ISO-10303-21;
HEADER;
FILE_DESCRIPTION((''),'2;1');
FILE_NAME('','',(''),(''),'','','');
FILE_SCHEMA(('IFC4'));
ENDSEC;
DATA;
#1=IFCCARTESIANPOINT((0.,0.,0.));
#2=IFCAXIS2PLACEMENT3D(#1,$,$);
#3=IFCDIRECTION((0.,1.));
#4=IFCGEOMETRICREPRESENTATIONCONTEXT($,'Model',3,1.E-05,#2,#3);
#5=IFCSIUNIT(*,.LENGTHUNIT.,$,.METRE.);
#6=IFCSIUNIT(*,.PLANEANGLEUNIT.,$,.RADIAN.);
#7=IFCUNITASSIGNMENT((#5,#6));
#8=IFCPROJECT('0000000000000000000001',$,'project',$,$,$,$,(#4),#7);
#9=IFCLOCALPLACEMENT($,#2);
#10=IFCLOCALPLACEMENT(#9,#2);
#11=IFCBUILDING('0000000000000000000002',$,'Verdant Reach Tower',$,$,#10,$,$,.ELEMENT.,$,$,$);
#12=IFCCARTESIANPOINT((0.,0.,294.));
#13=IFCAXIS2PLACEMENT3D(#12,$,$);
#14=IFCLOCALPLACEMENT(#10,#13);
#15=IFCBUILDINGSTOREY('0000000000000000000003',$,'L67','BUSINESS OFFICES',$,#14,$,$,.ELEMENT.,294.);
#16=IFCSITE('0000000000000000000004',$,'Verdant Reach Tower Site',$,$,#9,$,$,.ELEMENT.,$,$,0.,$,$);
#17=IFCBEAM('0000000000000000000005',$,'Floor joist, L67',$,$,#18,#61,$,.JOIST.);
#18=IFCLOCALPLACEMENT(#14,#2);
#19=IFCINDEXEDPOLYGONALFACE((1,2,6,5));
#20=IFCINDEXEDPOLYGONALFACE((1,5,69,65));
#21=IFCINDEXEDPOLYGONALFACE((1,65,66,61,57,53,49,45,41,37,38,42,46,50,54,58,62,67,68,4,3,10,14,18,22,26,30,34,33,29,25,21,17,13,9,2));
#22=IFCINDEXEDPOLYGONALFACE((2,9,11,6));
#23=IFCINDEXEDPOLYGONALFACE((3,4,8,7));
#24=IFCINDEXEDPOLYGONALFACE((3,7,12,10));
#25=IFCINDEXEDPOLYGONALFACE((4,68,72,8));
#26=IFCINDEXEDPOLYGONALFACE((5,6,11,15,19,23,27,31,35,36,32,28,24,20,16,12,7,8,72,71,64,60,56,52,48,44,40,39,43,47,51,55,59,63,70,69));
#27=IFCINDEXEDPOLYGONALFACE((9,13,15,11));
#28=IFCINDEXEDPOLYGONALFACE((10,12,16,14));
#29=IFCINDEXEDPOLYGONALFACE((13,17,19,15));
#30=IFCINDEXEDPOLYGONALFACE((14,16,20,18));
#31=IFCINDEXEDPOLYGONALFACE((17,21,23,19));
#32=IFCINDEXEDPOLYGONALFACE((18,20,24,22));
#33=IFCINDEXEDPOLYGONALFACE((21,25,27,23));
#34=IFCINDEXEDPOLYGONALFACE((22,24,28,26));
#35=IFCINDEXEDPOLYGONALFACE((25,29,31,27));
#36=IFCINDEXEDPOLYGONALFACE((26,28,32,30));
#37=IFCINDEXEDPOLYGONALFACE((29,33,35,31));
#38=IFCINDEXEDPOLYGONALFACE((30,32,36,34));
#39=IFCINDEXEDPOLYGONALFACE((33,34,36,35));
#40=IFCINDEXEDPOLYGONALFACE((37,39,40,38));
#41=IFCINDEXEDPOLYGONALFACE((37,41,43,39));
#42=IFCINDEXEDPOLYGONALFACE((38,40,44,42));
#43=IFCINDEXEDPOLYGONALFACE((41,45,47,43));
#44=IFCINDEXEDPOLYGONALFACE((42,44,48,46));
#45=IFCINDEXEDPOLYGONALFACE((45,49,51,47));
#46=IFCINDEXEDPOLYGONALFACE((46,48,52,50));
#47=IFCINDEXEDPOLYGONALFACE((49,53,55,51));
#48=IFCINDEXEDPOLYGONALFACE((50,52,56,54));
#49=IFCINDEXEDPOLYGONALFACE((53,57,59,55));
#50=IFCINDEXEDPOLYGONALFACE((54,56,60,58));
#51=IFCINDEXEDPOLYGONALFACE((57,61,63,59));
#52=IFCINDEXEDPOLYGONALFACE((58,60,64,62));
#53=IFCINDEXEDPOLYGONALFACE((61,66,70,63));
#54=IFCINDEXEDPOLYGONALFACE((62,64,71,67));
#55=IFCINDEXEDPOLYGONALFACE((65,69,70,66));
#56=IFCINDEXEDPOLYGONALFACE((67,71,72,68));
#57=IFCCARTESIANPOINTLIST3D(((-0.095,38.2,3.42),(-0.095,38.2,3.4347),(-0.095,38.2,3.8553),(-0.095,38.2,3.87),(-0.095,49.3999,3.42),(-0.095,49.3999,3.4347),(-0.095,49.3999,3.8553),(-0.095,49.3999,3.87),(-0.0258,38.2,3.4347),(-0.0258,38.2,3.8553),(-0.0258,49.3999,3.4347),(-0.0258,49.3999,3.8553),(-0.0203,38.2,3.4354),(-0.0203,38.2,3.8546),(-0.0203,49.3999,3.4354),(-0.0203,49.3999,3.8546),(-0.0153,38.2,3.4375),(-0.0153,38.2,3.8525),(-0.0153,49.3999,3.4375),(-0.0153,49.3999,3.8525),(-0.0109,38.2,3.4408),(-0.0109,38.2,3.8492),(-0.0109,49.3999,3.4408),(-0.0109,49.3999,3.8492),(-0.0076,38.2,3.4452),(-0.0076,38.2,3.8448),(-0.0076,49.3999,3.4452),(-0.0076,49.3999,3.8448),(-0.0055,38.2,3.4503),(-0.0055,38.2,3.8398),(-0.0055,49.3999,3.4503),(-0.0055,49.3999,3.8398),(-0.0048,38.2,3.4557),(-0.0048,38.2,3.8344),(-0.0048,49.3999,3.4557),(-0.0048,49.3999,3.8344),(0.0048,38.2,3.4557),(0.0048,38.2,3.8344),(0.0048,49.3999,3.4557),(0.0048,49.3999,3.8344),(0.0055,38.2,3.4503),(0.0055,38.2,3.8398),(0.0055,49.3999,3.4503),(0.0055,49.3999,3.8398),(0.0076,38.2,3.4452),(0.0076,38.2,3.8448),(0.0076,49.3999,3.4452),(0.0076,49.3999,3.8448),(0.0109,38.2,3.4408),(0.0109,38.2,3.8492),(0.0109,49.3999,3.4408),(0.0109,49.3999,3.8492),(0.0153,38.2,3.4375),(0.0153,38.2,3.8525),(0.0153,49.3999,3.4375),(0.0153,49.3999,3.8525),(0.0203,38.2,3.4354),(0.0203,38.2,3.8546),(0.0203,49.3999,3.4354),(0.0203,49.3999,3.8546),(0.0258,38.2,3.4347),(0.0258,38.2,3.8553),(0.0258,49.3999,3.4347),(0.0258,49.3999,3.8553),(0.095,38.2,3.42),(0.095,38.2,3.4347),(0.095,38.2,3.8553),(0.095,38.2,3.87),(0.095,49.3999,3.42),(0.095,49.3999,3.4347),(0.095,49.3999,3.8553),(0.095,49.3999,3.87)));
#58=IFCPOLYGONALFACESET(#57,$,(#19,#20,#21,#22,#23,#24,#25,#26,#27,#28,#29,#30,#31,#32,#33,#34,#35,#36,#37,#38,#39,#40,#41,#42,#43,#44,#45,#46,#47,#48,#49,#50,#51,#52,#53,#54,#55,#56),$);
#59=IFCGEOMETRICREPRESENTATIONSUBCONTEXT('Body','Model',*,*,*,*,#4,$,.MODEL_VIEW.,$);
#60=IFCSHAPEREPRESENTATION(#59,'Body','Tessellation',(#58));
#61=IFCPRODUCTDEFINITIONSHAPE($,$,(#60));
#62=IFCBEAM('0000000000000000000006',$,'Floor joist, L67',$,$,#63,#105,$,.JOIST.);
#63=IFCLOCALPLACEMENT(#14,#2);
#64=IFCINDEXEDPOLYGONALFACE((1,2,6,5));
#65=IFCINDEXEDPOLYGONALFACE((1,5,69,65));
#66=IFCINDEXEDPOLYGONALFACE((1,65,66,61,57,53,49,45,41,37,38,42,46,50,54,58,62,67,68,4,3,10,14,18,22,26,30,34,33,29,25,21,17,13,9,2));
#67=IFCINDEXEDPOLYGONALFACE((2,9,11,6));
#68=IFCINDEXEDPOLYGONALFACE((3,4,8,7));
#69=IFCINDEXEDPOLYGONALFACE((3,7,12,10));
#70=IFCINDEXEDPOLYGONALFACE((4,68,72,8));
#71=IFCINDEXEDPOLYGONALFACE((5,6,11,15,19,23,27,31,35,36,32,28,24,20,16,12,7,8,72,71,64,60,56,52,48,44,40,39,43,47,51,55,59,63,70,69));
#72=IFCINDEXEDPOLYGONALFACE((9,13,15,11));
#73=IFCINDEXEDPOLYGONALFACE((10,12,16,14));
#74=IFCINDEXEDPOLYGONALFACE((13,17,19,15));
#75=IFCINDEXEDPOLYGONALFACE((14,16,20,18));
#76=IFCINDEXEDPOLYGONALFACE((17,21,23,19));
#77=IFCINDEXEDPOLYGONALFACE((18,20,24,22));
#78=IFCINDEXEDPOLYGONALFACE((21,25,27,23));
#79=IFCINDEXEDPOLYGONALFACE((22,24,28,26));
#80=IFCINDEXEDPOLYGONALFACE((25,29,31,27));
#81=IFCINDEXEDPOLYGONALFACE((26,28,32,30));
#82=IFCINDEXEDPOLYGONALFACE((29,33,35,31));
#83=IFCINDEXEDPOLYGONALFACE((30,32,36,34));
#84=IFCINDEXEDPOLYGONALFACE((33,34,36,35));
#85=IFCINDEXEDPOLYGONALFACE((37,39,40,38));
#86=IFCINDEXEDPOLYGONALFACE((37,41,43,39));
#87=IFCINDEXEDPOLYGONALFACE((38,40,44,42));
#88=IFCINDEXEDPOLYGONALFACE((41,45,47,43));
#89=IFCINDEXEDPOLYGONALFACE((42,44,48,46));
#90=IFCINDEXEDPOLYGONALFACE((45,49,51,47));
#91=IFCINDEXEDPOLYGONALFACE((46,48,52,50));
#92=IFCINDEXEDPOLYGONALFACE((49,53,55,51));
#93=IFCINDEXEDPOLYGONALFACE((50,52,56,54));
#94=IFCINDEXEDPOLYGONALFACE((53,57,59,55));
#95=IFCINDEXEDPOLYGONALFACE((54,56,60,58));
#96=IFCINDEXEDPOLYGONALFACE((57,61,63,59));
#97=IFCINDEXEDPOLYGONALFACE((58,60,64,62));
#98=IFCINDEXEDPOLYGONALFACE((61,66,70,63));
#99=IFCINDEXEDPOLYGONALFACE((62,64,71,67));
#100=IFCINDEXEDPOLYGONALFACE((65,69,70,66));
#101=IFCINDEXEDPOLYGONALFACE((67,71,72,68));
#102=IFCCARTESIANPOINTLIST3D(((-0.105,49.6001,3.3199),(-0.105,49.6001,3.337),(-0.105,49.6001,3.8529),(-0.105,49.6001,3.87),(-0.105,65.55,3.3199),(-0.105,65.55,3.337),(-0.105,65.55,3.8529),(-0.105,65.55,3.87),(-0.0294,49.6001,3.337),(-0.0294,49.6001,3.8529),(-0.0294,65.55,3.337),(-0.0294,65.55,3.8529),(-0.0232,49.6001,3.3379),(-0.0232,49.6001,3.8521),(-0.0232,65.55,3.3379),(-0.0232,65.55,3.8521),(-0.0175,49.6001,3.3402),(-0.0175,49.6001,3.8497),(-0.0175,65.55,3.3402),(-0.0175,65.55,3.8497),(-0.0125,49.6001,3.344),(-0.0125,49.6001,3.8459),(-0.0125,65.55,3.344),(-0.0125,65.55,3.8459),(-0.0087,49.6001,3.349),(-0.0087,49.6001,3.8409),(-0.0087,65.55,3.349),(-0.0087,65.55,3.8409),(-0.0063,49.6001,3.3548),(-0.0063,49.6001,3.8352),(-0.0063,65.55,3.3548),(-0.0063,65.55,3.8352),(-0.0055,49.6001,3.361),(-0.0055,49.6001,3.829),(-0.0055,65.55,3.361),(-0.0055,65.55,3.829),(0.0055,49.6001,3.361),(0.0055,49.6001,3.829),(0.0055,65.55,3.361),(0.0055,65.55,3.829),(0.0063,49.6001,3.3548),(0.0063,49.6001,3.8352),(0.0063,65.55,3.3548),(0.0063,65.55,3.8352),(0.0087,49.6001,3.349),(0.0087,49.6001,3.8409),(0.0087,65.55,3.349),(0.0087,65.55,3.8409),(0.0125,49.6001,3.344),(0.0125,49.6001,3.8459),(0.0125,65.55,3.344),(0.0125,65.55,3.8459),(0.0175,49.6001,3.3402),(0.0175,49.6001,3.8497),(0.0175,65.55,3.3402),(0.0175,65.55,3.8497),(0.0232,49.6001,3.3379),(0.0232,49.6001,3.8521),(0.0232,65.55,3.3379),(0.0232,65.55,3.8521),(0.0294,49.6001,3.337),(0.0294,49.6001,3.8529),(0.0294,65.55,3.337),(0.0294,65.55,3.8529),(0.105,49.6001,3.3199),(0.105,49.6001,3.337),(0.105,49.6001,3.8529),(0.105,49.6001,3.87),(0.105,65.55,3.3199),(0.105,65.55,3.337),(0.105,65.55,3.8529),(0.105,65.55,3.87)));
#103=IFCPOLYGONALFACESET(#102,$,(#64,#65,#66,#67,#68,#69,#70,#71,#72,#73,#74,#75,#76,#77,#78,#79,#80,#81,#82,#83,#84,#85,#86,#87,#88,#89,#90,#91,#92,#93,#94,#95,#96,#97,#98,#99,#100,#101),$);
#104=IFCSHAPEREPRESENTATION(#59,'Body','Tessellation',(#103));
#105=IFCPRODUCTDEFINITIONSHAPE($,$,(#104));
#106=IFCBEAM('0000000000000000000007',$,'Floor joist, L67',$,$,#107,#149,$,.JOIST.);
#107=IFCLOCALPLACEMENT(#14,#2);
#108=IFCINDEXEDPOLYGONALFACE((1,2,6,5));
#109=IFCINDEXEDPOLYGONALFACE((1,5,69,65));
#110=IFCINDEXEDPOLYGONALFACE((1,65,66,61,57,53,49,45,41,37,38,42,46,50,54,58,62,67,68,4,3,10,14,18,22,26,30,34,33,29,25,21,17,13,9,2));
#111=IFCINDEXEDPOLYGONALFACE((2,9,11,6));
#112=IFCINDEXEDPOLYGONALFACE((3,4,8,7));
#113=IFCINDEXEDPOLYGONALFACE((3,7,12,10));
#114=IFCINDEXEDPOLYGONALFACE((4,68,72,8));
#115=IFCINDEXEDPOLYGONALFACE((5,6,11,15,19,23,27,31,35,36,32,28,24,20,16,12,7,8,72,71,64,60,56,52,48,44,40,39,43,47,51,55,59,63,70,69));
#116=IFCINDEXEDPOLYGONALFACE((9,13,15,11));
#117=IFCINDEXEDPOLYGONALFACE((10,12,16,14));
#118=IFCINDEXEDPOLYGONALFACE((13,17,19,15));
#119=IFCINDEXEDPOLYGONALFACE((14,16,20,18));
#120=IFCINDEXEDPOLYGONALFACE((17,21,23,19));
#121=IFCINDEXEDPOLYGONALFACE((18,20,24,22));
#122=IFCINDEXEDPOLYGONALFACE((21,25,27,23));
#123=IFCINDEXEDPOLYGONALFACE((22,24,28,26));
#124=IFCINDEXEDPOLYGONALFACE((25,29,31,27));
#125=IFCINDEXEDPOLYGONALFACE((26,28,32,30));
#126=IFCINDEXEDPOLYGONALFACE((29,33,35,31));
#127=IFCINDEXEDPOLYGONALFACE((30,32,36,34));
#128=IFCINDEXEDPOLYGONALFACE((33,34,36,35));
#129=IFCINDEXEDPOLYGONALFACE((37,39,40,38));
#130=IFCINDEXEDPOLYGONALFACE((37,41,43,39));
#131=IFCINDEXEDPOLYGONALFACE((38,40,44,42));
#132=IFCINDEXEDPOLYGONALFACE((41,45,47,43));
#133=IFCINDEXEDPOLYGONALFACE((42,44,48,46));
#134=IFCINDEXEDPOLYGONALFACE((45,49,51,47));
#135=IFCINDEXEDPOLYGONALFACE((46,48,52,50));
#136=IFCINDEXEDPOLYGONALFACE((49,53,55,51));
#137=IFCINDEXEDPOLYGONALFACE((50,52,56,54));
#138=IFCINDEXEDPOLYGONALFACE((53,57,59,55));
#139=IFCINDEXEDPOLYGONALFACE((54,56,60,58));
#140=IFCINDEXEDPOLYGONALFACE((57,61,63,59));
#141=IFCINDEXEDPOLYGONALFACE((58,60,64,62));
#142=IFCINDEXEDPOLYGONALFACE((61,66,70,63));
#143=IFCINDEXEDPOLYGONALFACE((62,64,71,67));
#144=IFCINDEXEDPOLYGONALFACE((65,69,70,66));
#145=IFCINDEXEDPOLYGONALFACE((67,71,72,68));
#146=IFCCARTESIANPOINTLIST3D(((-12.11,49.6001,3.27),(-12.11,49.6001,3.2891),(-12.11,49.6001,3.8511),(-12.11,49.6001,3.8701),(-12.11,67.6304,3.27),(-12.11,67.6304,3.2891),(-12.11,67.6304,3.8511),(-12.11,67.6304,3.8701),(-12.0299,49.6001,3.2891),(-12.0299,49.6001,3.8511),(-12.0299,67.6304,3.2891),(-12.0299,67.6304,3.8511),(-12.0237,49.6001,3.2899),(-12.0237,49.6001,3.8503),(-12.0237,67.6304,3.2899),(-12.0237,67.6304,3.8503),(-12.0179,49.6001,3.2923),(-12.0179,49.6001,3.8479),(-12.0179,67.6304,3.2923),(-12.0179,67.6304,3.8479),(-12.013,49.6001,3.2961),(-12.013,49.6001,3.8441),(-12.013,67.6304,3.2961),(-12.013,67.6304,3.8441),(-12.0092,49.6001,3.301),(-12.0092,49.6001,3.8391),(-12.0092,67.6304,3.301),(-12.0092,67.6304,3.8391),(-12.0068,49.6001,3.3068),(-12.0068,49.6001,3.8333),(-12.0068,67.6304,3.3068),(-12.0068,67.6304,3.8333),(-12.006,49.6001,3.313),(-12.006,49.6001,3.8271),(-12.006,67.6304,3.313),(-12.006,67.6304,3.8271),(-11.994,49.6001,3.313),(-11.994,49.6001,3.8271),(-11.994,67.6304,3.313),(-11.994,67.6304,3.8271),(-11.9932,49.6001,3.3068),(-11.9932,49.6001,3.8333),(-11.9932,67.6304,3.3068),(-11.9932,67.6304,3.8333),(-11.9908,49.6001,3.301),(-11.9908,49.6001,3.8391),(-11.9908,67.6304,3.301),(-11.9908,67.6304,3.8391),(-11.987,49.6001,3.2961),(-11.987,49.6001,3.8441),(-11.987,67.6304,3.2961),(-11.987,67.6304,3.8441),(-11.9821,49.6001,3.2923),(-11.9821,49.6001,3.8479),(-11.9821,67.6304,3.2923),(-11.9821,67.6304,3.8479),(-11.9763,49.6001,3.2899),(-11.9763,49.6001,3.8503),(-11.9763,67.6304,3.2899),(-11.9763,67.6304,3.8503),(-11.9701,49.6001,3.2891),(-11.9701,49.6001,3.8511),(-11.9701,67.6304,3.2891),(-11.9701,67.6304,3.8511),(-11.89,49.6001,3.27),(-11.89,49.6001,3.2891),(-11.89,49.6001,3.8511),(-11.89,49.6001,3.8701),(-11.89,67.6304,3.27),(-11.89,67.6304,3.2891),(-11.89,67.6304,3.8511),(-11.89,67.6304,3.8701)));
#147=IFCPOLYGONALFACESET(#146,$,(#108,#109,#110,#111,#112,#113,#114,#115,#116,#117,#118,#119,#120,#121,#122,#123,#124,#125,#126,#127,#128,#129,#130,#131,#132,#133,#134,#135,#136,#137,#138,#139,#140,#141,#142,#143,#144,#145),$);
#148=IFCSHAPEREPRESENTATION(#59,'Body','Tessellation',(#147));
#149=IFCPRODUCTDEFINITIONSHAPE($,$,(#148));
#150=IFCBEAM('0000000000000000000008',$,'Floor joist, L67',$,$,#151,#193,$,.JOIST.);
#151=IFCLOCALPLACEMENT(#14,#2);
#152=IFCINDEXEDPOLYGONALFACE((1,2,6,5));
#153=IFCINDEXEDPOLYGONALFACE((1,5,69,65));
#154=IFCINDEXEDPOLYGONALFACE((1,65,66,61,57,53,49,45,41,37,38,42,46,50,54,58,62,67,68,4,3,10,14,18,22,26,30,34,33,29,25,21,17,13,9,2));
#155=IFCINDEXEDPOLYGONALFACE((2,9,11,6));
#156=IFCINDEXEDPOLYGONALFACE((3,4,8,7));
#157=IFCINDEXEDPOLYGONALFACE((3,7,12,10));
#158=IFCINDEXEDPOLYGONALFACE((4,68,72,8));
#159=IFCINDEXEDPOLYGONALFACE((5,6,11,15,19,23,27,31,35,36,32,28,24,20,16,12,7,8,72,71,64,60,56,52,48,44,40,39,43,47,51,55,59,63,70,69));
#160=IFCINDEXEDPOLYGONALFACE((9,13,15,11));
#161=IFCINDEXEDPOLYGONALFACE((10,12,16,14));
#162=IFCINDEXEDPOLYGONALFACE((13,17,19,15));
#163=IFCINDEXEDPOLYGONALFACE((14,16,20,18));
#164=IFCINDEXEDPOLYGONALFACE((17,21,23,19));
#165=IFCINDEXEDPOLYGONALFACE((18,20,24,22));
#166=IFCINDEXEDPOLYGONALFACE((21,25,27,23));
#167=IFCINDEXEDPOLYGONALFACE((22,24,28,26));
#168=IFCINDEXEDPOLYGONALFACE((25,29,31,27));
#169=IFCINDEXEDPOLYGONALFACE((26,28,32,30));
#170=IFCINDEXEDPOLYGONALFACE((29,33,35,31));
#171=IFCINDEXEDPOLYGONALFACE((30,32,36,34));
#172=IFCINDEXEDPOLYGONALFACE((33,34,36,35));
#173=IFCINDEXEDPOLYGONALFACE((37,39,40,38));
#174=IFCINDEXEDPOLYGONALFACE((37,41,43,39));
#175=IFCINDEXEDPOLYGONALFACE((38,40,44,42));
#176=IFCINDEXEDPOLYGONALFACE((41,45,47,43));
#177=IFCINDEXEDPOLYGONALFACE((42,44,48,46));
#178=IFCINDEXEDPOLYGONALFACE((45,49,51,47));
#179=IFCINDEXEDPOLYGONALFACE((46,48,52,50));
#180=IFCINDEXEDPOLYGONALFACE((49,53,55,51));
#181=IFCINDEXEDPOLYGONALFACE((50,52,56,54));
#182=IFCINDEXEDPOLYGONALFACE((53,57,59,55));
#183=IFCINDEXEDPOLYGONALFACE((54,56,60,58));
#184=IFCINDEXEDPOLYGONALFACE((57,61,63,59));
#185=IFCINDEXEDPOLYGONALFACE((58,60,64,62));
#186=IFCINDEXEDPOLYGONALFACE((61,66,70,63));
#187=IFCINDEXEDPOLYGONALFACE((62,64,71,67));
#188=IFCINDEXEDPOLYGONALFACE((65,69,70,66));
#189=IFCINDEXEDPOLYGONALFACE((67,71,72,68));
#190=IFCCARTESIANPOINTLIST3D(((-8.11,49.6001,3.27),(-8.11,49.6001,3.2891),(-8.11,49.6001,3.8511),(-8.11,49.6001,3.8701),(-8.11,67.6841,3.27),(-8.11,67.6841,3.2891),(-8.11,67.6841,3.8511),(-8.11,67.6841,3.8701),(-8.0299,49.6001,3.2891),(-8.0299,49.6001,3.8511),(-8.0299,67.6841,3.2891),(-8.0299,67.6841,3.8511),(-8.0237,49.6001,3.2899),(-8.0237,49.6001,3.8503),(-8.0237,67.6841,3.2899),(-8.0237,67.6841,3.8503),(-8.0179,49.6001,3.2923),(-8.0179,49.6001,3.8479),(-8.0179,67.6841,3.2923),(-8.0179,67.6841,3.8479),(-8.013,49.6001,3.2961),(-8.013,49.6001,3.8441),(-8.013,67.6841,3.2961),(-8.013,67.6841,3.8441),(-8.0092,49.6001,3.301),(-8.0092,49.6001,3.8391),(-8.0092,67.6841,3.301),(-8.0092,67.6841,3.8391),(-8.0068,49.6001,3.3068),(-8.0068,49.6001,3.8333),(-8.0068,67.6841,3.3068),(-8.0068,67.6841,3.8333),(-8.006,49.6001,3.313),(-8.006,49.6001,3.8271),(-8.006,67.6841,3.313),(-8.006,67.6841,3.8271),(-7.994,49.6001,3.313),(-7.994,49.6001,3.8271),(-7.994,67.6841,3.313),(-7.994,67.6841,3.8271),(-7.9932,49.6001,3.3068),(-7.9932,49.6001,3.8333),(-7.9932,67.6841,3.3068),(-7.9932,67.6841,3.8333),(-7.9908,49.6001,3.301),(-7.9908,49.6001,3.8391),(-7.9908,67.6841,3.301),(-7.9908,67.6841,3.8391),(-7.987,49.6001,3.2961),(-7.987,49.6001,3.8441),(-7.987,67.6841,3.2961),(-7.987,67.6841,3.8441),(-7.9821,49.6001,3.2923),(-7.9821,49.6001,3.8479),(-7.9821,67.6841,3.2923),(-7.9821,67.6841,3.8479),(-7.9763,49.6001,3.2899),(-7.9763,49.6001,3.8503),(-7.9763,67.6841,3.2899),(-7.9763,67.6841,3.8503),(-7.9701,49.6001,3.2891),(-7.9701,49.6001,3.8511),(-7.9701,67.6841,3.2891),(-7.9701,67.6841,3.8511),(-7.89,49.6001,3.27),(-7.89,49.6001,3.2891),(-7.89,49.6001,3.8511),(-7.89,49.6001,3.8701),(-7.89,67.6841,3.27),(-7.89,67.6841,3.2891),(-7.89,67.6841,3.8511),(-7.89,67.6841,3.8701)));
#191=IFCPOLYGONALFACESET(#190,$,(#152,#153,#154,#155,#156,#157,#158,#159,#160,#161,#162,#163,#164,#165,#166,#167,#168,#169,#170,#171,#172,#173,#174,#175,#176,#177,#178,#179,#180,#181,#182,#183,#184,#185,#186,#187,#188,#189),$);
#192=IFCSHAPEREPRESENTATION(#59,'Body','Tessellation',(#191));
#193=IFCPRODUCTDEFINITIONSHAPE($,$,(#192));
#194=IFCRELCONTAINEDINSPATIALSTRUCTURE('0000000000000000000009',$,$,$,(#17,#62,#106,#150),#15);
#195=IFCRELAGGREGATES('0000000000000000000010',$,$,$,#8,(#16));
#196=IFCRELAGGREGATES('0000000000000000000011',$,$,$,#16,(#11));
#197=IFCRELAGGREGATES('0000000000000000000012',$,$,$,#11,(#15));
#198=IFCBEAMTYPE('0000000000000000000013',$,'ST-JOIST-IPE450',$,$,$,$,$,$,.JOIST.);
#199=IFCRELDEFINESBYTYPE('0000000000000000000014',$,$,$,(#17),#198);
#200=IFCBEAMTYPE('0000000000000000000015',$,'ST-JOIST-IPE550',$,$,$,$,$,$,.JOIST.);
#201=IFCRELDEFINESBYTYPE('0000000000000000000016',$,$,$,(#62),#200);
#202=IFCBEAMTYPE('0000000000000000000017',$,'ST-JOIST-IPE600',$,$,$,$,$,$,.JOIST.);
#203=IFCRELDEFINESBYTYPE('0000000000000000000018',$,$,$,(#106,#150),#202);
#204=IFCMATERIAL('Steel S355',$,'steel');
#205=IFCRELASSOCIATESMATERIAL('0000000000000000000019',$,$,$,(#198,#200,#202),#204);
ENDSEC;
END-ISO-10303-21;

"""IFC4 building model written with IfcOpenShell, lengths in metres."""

from ifc_helpers import new_model, si_unit, direction, frame, origin, origin_2d, place, context, subcontext, project, spatial, i_section, extrude, material, material_profile, profile_set, type_object, element, save


model = new_model("IFC4")

# Units and contexts
model_context = context("Model", 3, precision=1e-05, world=origin(), true_north=direction((0.0, 1.0)))
body_context = subcontext(model_context, "Body", "Model", "MODEL_VIEW")
ifc_project = project(units=[si_unit("LENGTHUNIT", "METRE"), si_unit("PLANEANGLEUNIT", "RADIAN")], contexts=[model_context])

# Site, building, storey
site_placement = place(None, origin())
site = spatial("IfcSite", under=ifc_project, at=site_placement, Name="Verdant Reach Tower Site", CompositionType="ELEMENT", RefElevation=0.0)
building_placement = place(site_placement, origin())
building = spatial("IfcBuilding", under=site, at=building_placement, Name="Verdant Reach Tower", CompositionType="ELEMENT")
storey_placement = place(building_placement, frame((0.0, 0.0, 294.0)))
storey = spatial("IfcBuildingStorey", under=building, at=storey_placement, Name="L67", Description="BUSINESS OFFICES", CompositionType="ELEMENT", Elevation=294.0)

# Beams
ifc_material_1 = material(Name="Steel S355", Category="steel")
ifc_material_profile_1 = material_profile(ifc_material_1, i_section(OverallWidth=0.1899, OverallDepth=0.45, WebThickness=0.0095, FlangeThickness=0.0146, FilletRadius=0.021, at=origin_2d()), Name="IPE 450")
ifc_profile_set_1 = profile_set([ifc_material_profile_1], Name="Steel S355")
beam_type_1 = type_object("IfcBeamType", Name="ST-JOIST-IPE450", PredefinedType="JOIST", material=ifc_profile_set_1)
for number, where, z_axis, x_axis, name in (
    (1, (0.0, 38.2, 3.645), (0.0, 1.0, 0.0), (-1.0, 0.0, 0.0), "Floor joist, L67"),
):
    element("IfcBeam", number, at=place(storey_placement, frame(where, z_axis=z_axis, x_axis=x_axis)), inside=storey, type_object=beam_type_1, Name=name, PredefinedType="JOIST", context=body_context, shape_type="SweptSolid", body=[
        extrude(i_section(OverallWidth=0.1899, OverallDepth=0.45, WebThickness=0.0095, FlangeThickness=0.0146, FilletRadius=0.021, at=origin_2d()), origin(), (0.0, 0.0, 1.0), 11.2),
    ])
ifc_material_profile_2 = material_profile(ifc_material_1, i_section(OverallWidth=0.21, OverallDepth=0.55, WebThickness=0.011, FlangeThickness=0.0171, FilletRadius=0.0239, at=origin_2d()), Name="IPE 550")
ifc_profile_set_2 = profile_set([ifc_material_profile_2], Name="Steel S355")
beam_type_2 = type_object("IfcBeamType", Name="ST-JOIST-IPE550", PredefinedType="JOIST", material=ifc_profile_set_2)
beam_1_placement = place(storey_placement, frame((0.0, 49.6001, 3.595), z_axis=(0.0, 1.0, 0.0), x_axis=(-1.0, 0.0, 0.0)))
element("IfcBeam", 2, at=beam_1_placement, inside=storey, type_object=beam_type_2, Name="Floor joist, L67", PredefinedType="JOIST", context=body_context, shape_type="SweptSolid", body=[
    extrude(i_section(OverallWidth=0.21, OverallDepth=0.55, WebThickness=0.011, FlangeThickness=0.0171, FilletRadius=0.0239, at=origin_2d()), origin(), (0.0, 0.0, 1.0), 15.95),
])
ifc_material_profile_3 = material_profile(ifc_material_1, i_section(OverallWidth=0.22, OverallDepth=0.6001, WebThickness=0.012, FlangeThickness=0.019, FilletRadius=0.0239, at=origin_2d()), Name="IPE 600")
ifc_profile_set_3 = profile_set([ifc_material_profile_3], Name="Steel S355")
beam_type_3 = type_object("IfcBeamType", Name="ST-JOIST-IPE600", PredefinedType="JOIST", material=ifc_profile_set_3)
beam_2_placement = place(storey_placement, frame((-12.0, 49.6001, 3.5701), z_axis=(0.0, 1.0, 0.0), x_axis=(-1.0, 0.0, 0.0)))
element("IfcBeam", 3, at=beam_2_placement, inside=storey, type_object=beam_type_3, Name="Floor joist, L67", PredefinedType="JOIST", context=body_context, shape_type="SweptSolid", body=[
    extrude(i_section(OverallWidth=0.22, OverallDepth=0.6001, WebThickness=0.012, FlangeThickness=0.019, FilletRadius=0.0239, at=origin_2d()), origin(), (0.0, 0.0, 1.0), 18.0303),
])
beam_3_placement = place(storey_placement, frame((-8.0, 49.6001, 3.5701), z_axis=(0.0, 1.0, 0.0), x_axis=(-1.0, 0.0, 0.0)))
element("IfcBeam", 4, at=beam_3_placement, inside=storey, type_object=beam_type_3, Name="Floor joist, L67", PredefinedType="JOIST", context=body_context, shape_type="SweptSolid", body=[
    extrude(i_section(OverallWidth=0.22, OverallDepth=0.6001, WebThickness=0.012, FlangeThickness=0.019, FilletRadius=0.0239, at=origin_2d()), origin(), (0.0, 0.0, 1.0), 18.084),
])

save(model, "model.ifc")
